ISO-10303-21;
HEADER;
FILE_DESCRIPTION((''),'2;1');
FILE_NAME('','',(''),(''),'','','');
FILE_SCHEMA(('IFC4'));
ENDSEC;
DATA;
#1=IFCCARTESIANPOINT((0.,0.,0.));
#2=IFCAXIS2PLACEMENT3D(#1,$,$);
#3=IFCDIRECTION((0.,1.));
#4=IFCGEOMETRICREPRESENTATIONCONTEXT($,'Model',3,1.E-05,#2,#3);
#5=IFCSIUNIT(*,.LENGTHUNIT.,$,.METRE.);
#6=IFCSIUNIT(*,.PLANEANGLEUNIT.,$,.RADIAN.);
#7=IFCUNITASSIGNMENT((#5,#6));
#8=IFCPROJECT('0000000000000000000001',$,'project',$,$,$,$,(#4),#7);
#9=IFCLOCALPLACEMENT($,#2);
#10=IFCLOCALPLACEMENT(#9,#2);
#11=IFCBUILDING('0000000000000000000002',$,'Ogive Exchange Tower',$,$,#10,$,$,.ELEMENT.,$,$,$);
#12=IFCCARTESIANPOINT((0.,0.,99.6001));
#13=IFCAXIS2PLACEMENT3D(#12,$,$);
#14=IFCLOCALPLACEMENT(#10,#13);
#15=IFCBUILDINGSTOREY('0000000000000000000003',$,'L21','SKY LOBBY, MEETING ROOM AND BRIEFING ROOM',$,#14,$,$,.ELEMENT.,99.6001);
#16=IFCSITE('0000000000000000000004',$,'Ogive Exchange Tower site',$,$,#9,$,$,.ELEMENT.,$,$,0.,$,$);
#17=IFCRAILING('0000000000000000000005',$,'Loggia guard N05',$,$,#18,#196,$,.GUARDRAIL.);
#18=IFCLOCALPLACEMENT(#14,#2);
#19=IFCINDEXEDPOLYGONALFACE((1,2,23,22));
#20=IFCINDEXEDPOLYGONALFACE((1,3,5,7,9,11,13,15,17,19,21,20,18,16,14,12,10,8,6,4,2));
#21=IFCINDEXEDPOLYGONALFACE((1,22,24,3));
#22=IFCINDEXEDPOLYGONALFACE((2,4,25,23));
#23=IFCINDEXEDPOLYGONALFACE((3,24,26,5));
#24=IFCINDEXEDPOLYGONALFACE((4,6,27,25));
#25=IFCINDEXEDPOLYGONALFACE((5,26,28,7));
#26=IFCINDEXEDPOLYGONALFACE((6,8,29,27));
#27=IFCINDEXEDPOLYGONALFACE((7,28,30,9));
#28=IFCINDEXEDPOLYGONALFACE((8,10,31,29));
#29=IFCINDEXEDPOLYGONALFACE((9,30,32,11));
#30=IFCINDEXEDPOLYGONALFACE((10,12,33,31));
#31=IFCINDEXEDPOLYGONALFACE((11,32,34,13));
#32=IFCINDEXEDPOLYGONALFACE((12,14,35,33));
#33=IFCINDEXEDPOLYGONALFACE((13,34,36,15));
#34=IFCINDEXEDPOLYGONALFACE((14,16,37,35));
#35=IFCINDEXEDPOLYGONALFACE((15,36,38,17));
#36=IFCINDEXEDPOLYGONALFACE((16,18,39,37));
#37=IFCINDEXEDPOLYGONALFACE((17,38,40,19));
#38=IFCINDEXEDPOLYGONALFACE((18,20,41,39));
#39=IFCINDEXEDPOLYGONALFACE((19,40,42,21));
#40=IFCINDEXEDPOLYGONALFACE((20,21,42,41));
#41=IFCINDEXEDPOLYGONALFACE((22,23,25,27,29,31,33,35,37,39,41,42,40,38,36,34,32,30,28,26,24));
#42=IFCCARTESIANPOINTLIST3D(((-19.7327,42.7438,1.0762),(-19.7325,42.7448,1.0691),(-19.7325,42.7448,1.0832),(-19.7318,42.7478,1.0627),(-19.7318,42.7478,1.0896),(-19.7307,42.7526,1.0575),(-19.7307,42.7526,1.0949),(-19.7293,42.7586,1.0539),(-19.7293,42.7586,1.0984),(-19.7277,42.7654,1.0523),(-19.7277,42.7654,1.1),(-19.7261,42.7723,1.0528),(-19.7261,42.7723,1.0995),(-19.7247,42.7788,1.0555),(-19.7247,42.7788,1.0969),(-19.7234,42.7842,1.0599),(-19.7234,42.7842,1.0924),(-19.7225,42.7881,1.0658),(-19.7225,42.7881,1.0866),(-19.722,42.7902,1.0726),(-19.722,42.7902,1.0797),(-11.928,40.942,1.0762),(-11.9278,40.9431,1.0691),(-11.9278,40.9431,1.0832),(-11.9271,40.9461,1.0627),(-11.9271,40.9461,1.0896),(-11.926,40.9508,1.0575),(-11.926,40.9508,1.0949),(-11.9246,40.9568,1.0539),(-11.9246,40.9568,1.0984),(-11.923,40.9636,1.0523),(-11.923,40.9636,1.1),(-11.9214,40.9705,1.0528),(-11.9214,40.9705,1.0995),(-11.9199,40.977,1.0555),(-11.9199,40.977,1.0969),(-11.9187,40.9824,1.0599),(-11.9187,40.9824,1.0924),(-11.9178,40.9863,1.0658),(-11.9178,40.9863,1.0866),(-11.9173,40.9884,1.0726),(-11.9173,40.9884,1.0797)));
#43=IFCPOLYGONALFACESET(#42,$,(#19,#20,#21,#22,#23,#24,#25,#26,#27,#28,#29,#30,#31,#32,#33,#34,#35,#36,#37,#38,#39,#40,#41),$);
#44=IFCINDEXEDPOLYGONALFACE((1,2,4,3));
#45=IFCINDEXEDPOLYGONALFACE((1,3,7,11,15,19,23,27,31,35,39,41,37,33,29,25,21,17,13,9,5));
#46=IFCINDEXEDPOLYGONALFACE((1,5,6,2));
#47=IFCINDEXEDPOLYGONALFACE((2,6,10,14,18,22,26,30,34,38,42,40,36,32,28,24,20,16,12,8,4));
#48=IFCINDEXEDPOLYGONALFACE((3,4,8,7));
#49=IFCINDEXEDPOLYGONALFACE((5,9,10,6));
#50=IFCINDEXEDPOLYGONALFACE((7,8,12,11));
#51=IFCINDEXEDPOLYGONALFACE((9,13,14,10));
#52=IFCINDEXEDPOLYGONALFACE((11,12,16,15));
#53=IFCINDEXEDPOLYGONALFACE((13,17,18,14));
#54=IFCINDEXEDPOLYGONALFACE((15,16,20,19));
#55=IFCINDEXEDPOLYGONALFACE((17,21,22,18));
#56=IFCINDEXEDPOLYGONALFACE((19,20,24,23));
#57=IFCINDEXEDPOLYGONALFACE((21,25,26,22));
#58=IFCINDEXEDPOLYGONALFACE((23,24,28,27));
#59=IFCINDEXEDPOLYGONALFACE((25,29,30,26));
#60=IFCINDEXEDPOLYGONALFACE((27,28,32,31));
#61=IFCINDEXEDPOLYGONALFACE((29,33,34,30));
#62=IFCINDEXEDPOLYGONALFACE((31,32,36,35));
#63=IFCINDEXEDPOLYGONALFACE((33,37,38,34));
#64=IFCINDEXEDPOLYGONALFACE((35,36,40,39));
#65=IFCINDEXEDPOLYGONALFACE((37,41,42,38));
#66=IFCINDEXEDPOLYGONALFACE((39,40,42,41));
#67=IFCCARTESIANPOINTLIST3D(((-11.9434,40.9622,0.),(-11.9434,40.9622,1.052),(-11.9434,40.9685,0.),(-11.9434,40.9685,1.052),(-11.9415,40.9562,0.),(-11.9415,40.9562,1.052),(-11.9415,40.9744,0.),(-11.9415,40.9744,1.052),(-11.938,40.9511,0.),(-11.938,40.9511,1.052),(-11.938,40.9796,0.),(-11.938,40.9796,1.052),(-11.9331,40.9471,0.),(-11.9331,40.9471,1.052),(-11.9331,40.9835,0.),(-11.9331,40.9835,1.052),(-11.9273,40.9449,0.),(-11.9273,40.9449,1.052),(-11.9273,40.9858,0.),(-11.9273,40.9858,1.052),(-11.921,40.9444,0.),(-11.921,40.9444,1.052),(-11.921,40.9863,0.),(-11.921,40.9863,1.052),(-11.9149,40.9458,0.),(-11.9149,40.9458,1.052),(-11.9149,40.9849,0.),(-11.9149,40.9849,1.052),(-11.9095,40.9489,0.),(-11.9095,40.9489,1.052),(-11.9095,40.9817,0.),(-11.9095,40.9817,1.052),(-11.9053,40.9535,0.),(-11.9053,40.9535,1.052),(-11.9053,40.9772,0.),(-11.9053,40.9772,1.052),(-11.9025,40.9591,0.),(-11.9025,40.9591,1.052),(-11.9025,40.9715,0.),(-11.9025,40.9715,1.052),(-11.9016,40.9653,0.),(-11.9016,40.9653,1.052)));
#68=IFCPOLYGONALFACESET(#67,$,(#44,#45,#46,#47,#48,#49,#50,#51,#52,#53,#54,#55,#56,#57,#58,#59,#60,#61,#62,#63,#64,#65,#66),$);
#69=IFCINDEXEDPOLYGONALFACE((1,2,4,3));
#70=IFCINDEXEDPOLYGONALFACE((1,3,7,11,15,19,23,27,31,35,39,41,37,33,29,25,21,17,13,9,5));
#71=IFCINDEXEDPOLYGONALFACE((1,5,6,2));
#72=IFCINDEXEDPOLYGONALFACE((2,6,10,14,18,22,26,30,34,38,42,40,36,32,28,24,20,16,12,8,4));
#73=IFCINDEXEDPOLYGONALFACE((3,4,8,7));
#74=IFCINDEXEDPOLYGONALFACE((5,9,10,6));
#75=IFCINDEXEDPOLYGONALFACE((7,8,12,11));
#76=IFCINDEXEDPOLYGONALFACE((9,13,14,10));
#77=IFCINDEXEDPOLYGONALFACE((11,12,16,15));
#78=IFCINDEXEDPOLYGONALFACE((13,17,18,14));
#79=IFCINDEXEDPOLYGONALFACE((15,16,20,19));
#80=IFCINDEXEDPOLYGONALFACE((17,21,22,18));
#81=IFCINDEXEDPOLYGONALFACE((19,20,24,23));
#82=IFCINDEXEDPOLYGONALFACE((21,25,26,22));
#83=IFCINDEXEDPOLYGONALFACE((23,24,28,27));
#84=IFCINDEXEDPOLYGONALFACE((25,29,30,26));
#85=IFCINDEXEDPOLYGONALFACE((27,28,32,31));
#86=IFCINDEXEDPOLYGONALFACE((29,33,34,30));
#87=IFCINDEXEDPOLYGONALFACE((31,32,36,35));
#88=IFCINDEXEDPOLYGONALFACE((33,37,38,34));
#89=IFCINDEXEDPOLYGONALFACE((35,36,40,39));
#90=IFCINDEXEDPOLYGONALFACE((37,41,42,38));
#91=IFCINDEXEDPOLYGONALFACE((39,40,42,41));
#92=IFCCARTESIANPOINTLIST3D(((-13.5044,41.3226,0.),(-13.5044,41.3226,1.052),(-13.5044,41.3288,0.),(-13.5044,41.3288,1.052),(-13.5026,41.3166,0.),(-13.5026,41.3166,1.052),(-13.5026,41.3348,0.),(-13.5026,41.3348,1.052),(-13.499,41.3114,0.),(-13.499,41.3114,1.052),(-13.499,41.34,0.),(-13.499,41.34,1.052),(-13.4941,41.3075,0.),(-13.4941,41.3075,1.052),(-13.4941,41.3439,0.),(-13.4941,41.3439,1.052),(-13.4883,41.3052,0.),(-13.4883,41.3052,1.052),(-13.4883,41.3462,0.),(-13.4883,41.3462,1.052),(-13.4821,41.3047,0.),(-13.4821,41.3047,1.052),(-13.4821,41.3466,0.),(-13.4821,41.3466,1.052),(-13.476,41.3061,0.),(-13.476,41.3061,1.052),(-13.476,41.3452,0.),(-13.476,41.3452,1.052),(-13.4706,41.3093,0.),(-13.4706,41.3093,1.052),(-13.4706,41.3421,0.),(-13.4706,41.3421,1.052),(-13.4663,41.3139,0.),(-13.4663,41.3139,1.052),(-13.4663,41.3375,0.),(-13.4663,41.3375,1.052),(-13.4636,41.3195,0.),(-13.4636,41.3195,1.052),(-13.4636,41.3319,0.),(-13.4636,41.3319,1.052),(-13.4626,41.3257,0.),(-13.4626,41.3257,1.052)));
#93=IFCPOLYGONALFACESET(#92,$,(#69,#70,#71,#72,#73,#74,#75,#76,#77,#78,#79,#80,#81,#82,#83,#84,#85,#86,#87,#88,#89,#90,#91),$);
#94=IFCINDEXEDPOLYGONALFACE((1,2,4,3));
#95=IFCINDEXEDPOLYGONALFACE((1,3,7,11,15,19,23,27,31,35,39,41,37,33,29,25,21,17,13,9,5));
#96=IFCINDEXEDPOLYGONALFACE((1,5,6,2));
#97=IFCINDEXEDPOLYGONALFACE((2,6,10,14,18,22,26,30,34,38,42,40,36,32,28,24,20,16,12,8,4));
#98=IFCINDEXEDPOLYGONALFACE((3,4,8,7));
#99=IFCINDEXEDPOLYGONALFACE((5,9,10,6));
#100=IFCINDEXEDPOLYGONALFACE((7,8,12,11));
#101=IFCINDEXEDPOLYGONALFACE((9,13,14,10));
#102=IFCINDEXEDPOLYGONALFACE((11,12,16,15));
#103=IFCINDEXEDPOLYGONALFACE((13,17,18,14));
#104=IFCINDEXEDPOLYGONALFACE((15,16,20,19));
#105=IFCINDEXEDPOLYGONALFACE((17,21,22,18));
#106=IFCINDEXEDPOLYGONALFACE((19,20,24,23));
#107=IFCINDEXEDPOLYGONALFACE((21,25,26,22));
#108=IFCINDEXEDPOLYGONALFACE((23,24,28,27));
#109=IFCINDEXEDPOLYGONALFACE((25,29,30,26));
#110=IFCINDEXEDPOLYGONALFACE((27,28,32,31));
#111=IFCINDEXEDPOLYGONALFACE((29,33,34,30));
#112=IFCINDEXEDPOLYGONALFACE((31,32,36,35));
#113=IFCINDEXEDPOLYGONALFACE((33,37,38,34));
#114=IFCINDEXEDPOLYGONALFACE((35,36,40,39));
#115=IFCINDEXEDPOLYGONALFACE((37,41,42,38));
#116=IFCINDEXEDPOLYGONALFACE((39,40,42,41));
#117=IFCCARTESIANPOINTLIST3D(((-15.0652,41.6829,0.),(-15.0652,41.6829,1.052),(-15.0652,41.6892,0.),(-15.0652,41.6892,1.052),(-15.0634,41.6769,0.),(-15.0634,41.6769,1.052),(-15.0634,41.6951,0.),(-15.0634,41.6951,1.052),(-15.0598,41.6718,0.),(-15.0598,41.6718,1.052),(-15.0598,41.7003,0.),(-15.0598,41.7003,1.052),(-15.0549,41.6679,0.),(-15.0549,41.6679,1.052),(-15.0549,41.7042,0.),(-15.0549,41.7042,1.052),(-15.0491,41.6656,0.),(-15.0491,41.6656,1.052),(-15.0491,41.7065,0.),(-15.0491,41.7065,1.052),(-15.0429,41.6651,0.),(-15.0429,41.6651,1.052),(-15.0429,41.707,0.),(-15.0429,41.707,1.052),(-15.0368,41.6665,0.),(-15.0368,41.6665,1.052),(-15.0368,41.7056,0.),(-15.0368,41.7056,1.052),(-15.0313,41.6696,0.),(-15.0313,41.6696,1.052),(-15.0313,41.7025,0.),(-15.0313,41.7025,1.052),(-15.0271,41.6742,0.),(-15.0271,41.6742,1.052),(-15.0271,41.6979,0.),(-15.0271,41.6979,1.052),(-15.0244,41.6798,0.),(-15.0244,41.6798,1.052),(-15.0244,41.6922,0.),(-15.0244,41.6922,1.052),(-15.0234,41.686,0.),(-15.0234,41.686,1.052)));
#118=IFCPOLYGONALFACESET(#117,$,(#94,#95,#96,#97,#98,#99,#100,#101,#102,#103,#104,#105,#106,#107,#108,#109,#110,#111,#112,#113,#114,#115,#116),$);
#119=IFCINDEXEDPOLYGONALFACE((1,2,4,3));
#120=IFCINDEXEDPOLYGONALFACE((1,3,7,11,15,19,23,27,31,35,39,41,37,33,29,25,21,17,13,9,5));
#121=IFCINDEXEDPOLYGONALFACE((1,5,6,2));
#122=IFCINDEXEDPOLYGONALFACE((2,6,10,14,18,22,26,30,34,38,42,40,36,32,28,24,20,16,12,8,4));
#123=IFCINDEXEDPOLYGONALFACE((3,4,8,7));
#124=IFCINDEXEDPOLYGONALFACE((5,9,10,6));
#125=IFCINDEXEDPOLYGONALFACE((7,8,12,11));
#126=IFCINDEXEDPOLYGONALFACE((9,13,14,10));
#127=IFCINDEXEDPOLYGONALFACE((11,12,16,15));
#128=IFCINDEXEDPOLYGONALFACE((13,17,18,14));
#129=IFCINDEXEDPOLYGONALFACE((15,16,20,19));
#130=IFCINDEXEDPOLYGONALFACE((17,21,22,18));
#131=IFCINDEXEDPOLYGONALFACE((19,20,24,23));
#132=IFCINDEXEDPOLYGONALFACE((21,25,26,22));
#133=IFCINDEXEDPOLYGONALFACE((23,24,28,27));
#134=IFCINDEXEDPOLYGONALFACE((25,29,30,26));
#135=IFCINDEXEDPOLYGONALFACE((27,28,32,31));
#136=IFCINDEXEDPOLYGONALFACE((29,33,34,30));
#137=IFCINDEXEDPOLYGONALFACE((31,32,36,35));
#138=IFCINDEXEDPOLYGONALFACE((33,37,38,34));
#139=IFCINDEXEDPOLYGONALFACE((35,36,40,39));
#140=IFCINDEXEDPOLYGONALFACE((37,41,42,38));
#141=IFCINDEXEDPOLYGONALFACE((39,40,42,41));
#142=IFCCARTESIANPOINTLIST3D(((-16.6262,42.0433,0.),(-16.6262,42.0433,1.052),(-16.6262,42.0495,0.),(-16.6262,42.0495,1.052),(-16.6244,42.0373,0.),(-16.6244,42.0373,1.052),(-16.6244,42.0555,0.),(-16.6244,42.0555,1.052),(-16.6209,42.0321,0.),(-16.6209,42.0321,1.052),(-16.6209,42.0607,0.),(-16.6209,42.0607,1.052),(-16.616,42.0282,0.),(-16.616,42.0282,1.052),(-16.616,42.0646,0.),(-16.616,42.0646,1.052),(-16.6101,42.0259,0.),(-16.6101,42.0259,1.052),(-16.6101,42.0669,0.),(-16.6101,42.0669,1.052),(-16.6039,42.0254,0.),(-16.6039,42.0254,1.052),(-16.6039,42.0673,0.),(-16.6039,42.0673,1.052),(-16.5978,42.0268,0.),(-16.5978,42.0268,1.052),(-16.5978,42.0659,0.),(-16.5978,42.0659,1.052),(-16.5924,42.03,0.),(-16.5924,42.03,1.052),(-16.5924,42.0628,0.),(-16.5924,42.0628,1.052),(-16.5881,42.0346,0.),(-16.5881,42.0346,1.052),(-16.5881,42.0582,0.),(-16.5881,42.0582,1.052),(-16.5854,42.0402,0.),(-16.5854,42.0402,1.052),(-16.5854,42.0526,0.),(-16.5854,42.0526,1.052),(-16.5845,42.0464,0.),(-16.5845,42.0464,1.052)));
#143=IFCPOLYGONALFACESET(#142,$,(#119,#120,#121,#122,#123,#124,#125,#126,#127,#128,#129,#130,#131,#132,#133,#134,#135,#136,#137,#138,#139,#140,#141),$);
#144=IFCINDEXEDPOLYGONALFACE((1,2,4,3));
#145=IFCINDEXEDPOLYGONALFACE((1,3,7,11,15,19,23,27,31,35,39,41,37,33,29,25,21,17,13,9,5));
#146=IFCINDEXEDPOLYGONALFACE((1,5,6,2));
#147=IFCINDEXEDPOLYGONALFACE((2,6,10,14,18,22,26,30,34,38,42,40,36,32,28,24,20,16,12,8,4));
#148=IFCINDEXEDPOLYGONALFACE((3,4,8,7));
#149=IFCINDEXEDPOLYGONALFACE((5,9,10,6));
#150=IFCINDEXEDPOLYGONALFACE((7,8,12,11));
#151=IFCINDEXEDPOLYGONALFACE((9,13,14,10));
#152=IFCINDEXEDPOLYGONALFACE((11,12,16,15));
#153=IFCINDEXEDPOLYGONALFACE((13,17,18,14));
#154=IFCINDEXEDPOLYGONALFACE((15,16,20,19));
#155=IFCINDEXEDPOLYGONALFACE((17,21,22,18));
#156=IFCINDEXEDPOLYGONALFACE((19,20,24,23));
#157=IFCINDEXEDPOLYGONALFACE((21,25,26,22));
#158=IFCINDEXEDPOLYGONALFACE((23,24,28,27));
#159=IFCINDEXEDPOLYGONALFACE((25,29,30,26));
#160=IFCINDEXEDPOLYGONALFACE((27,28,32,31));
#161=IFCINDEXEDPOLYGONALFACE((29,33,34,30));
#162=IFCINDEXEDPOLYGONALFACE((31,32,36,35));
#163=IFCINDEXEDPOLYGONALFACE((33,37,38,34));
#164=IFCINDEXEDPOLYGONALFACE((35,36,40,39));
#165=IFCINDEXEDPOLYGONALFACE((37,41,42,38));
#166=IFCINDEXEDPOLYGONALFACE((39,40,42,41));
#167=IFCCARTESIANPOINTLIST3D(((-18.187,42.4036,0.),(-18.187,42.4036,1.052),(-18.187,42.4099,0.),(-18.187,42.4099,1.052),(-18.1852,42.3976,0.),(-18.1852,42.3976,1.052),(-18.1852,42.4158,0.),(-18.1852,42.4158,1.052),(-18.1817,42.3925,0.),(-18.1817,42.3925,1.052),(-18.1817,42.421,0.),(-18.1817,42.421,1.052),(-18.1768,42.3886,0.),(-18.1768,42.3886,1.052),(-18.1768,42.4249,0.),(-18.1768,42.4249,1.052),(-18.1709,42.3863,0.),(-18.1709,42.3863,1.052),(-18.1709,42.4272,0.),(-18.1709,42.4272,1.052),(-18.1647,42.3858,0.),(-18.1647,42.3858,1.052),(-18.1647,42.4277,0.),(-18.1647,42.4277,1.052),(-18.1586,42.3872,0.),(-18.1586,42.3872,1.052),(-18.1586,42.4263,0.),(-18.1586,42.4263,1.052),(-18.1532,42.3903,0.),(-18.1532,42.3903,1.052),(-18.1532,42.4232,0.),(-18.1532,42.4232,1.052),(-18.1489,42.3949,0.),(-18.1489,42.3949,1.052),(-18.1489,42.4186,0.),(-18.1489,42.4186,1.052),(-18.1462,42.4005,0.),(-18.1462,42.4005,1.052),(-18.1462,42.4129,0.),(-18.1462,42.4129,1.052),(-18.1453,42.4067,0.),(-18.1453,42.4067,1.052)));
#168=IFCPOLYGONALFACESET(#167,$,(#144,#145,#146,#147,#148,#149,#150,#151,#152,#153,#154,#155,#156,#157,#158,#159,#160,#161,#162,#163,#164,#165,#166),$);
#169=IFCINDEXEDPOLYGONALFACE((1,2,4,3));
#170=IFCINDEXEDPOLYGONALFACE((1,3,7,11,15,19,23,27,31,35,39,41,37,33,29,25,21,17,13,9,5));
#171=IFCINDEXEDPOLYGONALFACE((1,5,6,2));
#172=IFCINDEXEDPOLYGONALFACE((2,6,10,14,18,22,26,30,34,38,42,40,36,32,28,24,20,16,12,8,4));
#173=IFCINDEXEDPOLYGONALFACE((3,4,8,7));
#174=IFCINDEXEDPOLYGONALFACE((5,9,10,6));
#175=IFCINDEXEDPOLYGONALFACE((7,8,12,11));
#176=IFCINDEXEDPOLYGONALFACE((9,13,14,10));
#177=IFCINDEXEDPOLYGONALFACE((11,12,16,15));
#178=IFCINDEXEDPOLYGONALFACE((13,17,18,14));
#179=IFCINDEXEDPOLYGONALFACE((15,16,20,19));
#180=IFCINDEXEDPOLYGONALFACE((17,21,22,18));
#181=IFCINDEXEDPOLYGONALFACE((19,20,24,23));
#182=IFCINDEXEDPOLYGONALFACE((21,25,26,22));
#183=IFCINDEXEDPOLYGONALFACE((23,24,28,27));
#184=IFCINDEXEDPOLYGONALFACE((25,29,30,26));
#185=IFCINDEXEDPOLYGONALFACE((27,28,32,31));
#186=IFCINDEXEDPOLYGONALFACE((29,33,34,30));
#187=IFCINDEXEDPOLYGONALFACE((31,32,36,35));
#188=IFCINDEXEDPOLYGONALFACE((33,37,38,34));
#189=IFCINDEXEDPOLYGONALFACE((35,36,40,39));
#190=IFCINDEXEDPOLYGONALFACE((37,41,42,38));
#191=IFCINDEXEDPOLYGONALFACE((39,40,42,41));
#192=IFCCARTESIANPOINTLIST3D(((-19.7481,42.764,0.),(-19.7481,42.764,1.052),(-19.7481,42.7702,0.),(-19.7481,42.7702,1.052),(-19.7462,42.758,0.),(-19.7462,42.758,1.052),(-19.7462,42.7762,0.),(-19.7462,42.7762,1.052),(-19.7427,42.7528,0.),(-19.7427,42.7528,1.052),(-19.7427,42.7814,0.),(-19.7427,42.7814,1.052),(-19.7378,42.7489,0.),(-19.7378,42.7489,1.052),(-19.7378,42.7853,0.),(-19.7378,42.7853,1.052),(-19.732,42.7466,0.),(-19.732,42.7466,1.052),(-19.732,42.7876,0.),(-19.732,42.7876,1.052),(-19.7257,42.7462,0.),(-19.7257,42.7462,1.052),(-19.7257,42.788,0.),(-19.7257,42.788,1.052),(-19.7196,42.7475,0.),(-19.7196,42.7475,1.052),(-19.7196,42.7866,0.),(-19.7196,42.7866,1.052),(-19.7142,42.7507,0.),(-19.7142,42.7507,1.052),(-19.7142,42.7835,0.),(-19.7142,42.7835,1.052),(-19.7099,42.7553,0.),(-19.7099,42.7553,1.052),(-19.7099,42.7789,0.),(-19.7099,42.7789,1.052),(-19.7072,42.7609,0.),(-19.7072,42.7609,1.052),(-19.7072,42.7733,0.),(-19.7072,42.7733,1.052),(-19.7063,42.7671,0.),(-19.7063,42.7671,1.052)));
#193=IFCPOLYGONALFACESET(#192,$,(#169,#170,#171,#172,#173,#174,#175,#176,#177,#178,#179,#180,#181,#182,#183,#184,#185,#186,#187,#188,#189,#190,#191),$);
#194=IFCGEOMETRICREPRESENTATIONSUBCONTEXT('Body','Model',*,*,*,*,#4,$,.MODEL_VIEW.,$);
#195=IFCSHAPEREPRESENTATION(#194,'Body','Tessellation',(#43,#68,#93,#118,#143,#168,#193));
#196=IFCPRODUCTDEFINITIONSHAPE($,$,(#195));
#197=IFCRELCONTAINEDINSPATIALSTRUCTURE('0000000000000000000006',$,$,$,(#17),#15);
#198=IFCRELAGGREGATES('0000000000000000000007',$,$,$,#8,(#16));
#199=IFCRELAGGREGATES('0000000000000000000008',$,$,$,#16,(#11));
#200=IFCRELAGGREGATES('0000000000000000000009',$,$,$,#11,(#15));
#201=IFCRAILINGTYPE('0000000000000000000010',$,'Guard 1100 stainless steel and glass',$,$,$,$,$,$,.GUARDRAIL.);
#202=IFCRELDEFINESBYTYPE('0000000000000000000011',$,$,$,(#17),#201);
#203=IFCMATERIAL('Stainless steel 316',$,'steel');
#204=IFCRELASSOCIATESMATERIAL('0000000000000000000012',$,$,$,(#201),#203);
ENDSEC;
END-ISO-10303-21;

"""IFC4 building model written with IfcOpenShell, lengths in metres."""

from ifc_helpers import new_model, si_unit, direction, frame, origin, origin_2d, place, context, subcontext, project, spatial, circle, extrude, material, type_object, element, save


model = new_model("IFC4")

# Units and contexts
model_context = context("Model", 3, precision=1e-05, world=origin(), true_north=direction((0.0, 1.0)))
body_context = subcontext(model_context, "Body", "Model", "MODEL_VIEW")
ifc_project = project(units=[si_unit("LENGTHUNIT", "METRE"), si_unit("PLANEANGLEUNIT", "RADIAN")], contexts=[model_context])

# Site, building, storey
site_placement = place(None, origin())
site = spatial("IfcSite", under=ifc_project, at=site_placement, Name="Ogive Exchange Tower site", CompositionType="ELEMENT", RefElevation=0.0)
building_placement = place(site_placement, origin())
building = spatial("IfcBuilding", under=site, at=building_placement, Name="Ogive Exchange Tower", CompositionType="ELEMENT")
storey_placement = place(building_placement, frame((0.0, 0.0, 99.6001)))
storey = spatial("IfcBuildingStorey", under=building, at=storey_placement, Name="L21", Description="SKY LOBBY, MEETING ROOM AND BRIEFING ROOM", CompositionType="ELEMENT", Elevation=99.6001)

# Railing
ifc_material_1 = material(Name="Stainless steel 316", Category="steel")
railing_type = type_object("IfcRailingType", Name="Guard 1100 stainless steel and glass", PredefinedType="GUARDRAIL", material=ifc_material_1)
railing_placement = place(storey_placement, frame((-11.9226, 40.9653, 0.0)))
element("IfcRailing", 1, at=railing_placement, inside=storey, type_object=railing_type, Name="Loggia guard N05", PredefinedType="GUARDRAIL", context=body_context, shape_type="SweptSolid", body=[
    extrude(circle(Radius=0.0239, at=origin_2d()), frame((0.0, 0.0, 1.0762), z_axis=(-0.974373, 0.22494, 0.0), x_axis=(-0.22494, -0.974373, 0.0)), (0.0, 0.0, 1.0), 8.01),
    extrude(circle(Radius=0.021, at=origin_2d()), origin(), (0.0, 0.0, 1.0), 1.052),
    extrude(circle(Radius=0.021, at=origin_2d()), frame((-1.561, 0.3604, 0.0)), (0.0, 0.0, 1.0), 1.052),
    extrude(circle(Radius=0.021, at=origin_2d()), frame((-3.1218, 0.7207, 0.0)), (0.0, 0.0, 1.0), 1.052),
    extrude(circle(Radius=0.021, at=origin_2d()), frame((-4.6829, 1.0811, 0.0)), (0.0, 0.0, 1.0), 1.052),
    extrude(circle(Radius=0.021, at=origin_2d()), frame((-6.2437, 1.4414, 0.0)), (0.0, 0.0, 1.0), 1.052),
    extrude(circle(Radius=0.021, at=origin_2d()), frame((-7.8047, 1.8018, 0.0)), (0.0, 0.0, 1.0), 1.052),
])

save(model, "model.ifc")
